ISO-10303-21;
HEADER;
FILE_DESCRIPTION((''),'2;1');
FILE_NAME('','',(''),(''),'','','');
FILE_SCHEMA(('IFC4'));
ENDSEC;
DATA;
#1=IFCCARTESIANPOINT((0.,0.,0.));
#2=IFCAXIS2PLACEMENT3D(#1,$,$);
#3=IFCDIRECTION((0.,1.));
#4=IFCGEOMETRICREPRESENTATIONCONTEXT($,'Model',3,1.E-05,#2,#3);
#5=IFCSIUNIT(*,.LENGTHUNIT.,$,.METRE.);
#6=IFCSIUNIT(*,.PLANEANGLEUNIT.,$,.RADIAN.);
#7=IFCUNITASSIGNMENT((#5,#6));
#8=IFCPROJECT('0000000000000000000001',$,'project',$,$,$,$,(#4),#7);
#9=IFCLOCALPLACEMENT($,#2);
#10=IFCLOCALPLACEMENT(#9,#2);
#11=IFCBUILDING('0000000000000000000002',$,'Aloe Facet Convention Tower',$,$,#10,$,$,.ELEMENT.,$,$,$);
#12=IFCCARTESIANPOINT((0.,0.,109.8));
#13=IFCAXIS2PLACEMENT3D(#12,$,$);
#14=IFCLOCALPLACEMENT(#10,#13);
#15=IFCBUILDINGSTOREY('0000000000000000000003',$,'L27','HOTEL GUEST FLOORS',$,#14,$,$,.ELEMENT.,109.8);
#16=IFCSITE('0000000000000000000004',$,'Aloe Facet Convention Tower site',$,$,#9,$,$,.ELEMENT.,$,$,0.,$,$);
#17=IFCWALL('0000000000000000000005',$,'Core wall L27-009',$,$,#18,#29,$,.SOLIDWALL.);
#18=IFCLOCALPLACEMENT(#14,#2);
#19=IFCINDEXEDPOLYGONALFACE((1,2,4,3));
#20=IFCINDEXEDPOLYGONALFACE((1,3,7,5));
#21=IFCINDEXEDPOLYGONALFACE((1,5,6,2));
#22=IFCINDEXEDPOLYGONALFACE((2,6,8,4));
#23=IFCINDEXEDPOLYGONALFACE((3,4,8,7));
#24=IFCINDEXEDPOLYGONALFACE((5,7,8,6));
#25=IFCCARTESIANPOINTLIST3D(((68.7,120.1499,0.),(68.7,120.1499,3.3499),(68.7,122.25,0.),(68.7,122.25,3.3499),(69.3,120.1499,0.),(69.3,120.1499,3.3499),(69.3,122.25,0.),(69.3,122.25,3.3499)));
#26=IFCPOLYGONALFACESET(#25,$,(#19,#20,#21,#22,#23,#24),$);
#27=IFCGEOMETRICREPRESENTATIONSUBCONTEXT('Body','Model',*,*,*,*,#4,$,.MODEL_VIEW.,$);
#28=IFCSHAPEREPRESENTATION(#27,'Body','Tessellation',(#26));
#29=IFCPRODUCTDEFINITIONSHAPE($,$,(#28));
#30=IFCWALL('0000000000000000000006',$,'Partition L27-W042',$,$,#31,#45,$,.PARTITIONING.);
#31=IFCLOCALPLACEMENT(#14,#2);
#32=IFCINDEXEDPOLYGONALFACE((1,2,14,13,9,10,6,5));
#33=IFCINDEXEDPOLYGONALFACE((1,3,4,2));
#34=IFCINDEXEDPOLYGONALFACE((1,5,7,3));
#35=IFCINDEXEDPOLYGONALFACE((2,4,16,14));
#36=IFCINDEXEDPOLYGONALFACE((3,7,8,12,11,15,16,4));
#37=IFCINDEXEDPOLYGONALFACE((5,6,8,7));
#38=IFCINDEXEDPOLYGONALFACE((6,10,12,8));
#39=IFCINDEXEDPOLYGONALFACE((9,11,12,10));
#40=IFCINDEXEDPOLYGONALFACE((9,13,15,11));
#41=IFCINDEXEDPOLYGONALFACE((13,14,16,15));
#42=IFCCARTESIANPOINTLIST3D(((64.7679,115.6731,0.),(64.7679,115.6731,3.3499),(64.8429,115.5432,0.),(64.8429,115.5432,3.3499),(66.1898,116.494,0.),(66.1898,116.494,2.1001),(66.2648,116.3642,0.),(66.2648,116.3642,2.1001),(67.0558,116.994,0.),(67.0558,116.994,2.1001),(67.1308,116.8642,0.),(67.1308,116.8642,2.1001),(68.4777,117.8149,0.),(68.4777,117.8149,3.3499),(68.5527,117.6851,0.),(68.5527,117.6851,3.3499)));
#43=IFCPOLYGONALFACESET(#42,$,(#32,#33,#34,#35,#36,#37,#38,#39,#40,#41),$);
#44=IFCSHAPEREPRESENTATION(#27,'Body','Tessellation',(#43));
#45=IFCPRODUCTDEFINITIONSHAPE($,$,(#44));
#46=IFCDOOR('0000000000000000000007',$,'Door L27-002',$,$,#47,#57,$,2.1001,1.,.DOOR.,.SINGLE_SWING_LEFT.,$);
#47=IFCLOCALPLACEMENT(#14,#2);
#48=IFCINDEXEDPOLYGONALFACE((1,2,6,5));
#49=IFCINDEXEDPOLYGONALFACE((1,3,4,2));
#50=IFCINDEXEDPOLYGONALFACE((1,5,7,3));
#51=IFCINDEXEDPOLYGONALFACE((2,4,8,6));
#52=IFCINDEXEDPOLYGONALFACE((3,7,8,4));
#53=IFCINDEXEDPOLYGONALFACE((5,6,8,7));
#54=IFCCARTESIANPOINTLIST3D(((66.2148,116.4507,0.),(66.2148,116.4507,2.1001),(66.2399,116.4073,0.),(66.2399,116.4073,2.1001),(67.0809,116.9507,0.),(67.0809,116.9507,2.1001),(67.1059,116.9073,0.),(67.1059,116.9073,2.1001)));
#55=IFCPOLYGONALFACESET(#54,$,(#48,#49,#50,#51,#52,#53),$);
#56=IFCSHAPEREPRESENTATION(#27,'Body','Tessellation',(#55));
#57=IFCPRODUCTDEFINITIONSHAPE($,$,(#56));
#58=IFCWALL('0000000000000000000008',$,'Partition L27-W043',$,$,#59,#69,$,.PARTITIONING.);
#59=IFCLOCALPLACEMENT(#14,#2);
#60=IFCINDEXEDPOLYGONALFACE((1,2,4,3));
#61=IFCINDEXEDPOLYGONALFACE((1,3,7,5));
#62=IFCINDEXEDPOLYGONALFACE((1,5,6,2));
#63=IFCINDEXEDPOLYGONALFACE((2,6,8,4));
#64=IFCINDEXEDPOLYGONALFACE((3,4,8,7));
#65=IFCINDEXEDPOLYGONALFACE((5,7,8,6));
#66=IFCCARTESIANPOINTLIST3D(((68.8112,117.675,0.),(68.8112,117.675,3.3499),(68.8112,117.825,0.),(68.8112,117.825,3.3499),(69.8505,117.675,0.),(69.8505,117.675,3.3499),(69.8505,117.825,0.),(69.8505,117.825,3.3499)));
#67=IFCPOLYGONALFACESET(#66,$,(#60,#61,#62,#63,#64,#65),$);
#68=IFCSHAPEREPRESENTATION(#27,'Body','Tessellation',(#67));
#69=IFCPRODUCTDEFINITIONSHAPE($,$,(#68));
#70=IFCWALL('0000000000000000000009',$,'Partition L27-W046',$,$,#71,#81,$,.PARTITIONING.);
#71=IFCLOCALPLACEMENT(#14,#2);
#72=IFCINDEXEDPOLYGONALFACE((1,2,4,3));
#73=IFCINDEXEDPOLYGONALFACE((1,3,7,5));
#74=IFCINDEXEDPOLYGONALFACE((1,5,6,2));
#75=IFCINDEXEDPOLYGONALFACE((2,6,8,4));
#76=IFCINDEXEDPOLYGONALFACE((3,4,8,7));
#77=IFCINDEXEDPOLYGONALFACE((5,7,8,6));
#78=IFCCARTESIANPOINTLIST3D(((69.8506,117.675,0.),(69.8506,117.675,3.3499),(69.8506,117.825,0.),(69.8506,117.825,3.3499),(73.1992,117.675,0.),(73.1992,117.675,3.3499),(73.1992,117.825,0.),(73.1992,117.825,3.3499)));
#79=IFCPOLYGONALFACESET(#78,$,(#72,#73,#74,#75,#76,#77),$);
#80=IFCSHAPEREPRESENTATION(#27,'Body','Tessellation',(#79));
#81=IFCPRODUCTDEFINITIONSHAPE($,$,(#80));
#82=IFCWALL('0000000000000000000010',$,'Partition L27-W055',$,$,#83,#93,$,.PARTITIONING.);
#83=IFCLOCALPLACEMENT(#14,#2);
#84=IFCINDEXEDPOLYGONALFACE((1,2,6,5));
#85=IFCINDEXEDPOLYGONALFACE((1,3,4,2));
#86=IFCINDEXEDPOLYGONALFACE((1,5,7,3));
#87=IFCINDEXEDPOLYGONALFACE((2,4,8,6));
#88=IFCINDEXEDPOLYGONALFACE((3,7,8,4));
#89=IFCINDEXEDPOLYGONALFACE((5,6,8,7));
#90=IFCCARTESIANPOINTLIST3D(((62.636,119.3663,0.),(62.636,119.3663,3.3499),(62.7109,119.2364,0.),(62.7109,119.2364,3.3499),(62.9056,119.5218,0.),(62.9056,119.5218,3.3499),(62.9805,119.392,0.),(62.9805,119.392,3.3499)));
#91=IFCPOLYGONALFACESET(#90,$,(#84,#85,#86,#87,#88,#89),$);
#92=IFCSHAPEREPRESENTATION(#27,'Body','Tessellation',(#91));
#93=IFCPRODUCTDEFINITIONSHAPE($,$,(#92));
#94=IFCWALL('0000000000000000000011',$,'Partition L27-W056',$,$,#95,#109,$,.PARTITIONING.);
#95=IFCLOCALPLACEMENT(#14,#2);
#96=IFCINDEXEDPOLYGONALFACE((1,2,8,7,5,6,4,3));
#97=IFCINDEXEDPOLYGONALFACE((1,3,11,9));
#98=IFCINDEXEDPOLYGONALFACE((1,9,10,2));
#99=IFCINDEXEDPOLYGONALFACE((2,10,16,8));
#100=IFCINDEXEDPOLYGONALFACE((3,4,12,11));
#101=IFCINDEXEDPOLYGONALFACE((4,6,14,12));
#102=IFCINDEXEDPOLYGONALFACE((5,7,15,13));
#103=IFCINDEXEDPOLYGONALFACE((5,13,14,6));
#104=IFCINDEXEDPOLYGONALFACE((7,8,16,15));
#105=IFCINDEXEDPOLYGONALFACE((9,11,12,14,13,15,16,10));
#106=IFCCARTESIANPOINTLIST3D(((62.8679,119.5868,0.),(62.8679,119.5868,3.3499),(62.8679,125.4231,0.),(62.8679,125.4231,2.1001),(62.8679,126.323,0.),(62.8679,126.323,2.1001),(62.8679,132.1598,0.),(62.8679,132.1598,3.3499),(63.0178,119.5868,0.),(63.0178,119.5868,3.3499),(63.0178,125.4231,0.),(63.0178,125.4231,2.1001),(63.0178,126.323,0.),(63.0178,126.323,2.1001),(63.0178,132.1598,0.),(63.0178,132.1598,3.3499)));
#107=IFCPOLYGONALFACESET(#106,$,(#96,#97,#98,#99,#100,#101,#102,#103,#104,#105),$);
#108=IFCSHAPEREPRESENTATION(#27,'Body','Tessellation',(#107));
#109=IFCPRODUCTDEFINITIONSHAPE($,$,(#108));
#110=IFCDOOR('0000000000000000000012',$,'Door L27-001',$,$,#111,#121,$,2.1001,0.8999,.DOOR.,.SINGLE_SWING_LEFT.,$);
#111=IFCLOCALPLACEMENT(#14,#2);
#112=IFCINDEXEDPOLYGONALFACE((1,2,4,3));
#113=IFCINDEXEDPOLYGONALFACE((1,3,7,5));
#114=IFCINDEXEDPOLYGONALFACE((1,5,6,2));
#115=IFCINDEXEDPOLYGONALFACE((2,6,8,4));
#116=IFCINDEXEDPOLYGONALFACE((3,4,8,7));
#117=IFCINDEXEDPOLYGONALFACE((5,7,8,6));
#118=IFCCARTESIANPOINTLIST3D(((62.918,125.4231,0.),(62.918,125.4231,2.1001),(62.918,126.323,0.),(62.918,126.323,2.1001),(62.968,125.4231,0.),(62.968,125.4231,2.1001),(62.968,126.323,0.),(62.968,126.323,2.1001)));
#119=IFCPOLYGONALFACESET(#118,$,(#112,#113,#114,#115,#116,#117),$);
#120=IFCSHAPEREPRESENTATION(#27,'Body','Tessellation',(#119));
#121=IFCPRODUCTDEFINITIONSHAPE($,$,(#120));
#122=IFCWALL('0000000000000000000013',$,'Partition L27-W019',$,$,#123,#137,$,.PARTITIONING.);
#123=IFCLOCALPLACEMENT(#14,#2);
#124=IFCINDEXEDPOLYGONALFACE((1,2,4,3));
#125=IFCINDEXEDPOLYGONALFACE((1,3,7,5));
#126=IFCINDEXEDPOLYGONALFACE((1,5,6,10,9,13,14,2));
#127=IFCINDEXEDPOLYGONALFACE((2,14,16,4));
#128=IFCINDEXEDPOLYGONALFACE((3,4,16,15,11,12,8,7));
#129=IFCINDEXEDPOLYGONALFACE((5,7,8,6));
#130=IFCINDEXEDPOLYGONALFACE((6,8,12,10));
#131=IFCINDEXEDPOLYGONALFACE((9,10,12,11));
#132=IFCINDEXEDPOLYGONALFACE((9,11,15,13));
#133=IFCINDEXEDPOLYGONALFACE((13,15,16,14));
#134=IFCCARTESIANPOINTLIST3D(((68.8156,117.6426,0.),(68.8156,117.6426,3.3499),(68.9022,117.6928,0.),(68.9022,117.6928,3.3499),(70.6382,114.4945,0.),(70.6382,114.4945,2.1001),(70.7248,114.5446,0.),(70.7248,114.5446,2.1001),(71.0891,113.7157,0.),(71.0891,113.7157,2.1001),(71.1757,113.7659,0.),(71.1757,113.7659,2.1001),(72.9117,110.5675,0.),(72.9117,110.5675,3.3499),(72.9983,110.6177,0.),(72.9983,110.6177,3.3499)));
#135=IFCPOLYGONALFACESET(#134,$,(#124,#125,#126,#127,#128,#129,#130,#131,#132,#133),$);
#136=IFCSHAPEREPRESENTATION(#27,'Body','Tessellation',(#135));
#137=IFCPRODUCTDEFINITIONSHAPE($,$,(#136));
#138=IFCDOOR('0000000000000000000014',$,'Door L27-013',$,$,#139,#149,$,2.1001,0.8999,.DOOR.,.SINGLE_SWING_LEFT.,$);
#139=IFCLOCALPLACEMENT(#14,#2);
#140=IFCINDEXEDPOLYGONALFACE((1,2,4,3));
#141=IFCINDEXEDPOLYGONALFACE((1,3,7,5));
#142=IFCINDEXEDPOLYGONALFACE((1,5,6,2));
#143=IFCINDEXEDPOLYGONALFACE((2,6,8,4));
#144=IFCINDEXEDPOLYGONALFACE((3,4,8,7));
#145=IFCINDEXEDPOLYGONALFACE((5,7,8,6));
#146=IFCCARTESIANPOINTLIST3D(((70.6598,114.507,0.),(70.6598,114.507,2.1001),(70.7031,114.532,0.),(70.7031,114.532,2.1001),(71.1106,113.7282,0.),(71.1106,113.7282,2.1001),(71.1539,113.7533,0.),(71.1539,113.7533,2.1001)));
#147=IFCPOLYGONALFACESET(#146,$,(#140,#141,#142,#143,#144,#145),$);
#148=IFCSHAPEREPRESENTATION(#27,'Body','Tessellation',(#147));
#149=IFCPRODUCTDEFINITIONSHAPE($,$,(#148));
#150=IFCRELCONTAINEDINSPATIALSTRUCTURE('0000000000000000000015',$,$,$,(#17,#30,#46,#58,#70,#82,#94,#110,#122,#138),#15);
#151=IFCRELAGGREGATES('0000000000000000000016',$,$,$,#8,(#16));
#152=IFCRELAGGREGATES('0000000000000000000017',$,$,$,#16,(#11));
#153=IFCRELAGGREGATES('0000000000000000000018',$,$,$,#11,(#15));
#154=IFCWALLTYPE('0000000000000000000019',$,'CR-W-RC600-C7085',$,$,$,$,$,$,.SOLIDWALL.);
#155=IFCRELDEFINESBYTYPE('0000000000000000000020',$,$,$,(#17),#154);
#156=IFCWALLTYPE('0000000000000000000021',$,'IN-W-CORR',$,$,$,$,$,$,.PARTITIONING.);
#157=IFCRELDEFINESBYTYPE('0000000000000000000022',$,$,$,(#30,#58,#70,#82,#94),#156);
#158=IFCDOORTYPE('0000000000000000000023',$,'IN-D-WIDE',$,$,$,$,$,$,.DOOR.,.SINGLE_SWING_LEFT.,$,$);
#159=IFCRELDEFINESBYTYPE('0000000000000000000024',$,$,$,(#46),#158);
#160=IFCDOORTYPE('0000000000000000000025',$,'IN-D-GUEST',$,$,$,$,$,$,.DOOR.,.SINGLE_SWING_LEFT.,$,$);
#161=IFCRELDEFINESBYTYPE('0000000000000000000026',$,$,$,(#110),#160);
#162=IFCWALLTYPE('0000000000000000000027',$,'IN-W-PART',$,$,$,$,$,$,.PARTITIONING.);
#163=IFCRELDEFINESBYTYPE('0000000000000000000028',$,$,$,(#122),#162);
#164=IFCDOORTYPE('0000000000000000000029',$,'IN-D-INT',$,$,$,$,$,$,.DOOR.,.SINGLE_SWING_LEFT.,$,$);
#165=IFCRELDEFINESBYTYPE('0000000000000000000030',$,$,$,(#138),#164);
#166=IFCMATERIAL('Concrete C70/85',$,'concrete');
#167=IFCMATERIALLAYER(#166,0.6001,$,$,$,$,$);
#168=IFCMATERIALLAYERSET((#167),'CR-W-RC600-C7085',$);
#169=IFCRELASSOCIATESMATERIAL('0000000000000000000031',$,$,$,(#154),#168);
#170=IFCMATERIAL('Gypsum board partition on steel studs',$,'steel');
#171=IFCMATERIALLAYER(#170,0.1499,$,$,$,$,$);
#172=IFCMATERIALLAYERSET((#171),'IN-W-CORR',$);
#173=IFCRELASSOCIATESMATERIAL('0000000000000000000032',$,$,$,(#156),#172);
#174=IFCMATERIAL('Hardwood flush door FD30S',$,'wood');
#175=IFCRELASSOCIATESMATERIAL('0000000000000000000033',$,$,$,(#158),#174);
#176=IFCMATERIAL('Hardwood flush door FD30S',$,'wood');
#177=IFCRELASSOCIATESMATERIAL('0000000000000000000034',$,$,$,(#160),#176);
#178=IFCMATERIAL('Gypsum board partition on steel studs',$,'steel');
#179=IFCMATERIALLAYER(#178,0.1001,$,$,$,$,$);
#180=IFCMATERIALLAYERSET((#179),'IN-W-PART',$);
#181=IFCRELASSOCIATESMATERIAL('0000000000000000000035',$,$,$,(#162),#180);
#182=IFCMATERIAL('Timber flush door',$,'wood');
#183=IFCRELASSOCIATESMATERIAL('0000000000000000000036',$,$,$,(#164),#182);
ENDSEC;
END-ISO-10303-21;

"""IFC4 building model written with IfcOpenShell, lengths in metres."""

from ifc_helpers import new_model, si_unit, direction, frame, frame_2d, origin, place, context, subcontext, project, spatial, rectangle, extrude, material, layer, layer_set, type_object, element, fill, save


model = new_model("IFC4")

# Units and contexts
model_context = context("Model", 3, precision=1e-05, world=origin(), true_north=direction((0.0, 1.0)))
body_context = subcontext(model_context, "Body", "Model", "MODEL_VIEW")
ifc_project = project(units=[si_unit("LENGTHUNIT", "METRE"), si_unit("PLANEANGLEUNIT", "RADIAN")], contexts=[model_context])

# Site, building, storey
site_placement = place(None, origin())
site = spatial("IfcSite", under=ifc_project, at=site_placement, Name="Aloe Facet Convention Tower site", CompositionType="ELEMENT", RefElevation=0.0)
building_placement = place(site_placement, origin())
building = spatial("IfcBuilding", under=site, at=building_placement, Name="Aloe Facet Convention Tower", CompositionType="ELEMENT")
storey_placement = place(building_placement, frame((0.0, 0.0, 109.8)))
storey = spatial("IfcBuildingStorey", under=building, at=storey_placement, Name="L27", Description="HOTEL GUEST FLOORS", CompositionType="ELEMENT", Elevation=109.8)

# Shared definitions
ifc_material_1 = material(Name="Concrete C70/85", Category="concrete")
ifc_layer_1 = layer(ifc_material_1, 0.6001)
ifc_layer_set_1 = layer_set([ifc_layer_1], Name="CR-W-RC600-C7085")
wall_type_1 = type_object("IfcWallType", Name="CR-W-RC600-C7085", PredefinedType="SOLIDWALL", material=ifc_layer_set_1)

# Wall
wall_1_placement = place(storey_placement, frame((69.0, 122.25, 0.0), z_axis=(0.0, 0.0, 1.0), x_axis=(0.0, -1.0, 0.0)))
element("IfcWall", 1, at=wall_1_placement, inside=storey, type_object=wall_type_1, Name="Core wall L27-009", PredefinedType="SOLIDWALL", context=body_context, shape_type="SweptSolid", body=[
    extrude(rectangle(XDim=2.1001, YDim=0.6001, at=frame_2d((1.05, 0.0))), origin(), (0.0, 0.0, 1.0), 3.3499),
])

# Wall, opening, door
ifc_material_2 = material(Name="Gypsum board partition on steel studs", Category="steel")
ifc_layer_2 = layer(ifc_material_2, 0.1499)
ifc_layer_set_2 = layer_set([ifc_layer_2], Name="IN-W-CORR")
wall_type_2 = type_object("IfcWallType", Name="IN-W-CORR", PredefinedType="PARTITIONING", material=ifc_layer_set_2)
wall_2_placement = place(storey_placement, frame((64.8054, 115.6082, 0.0), z_axis=(0.0, 0.0, 1.0), x_axis=(0.866021, 0.500007, 0.0)))
wall_2 = element("IfcWall", 2, at=wall_2_placement, inside=storey, type_object=wall_type_2, Name="Partition L27-W042", PredefinedType="PARTITIONING", context=body_context, shape_type="SweptSolid", body=[
    extrude(rectangle(XDim=4.2837, YDim=0.1499, at=frame_2d((2.1418, 0.0))), origin(), (0.0, 0.0, 1.0), 3.3499),
])
opening_1_placement = place(wall_2_placement, frame((1.6418, 0.0, 0.0)))
opening_1 = element("IfcOpeningElement", 3, at=opening_1_placement, cuts=wall_2, PredefinedType="OPENING", context=body_context, shape_type="SweptSolid", body=[
    extrude(rectangle(XDim=1.0, YDim=2.1001, at=frame_2d((0.5, 1.05))), frame((0.0, 0.085, 0.0), z_axis=(0.0, -1.0, 0.0), x_axis=(1.0, 0.0, 0.0)), (0.0, 0.0, 1.0), 0.1699),
])
ifc_material_3 = material(Name="Hardwood flush door FD30S", Category="wood")
door_type_1 = type_object("IfcDoorType", Name="IN-D-WIDE", OperationType="SINGLE_SWING_LEFT", PredefinedType="DOOR", material=ifc_material_3)
door_1_placement = place(opening_1_placement, origin())
door_1 = element("IfcDoor", 4, at=door_1_placement, inside=storey, type_object=door_type_1, Name="Door L27-002", OperationType="SINGLE_SWING_LEFT", OverallHeight=2.1001, OverallWidth=1.0, PredefinedType="DOOR", context=body_context, shape_type="SweptSolid", body=[
    extrude(rectangle(XDim=1.0, YDim=2.1001, at=frame_2d((0.5, 1.05))), frame((0.0, 0.0249, 0.0), z_axis=(0.0, -1.0, 0.0), x_axis=(1.0, 0.0, 0.0)), (0.0, 0.0, 1.0), 0.05),
])
fill(opening_1, door_1)

# Walls
wall_3_placement = place(storey_placement, frame((68.8113, 117.75, 0.0), z_axis=(0.0, 0.0, 1.0), x_axis=(1.0, 0.0, 0.0)))
element("IfcWall", 5, at=wall_3_placement, inside=storey, type_object=wall_type_2, Name="Partition L27-W043", PredefinedType="PARTITIONING", context=body_context, shape_type="SweptSolid", body=[
    extrude(rectangle(XDim=1.0393, YDim=0.1499, at=frame_2d((0.5195, 0.0))), origin(), (0.0, 0.0, 1.0), 3.3499),
])
wall_4_placement = place(storey_placement, frame((69.8506, 117.75, 0.0), z_axis=(0.0, 0.0, 1.0), x_axis=(1.0, 0.0, 0.0)))
element("IfcWall", 6, at=wall_4_placement, inside=storey, type_object=wall_type_2, Name="Partition L27-W046", PredefinedType="PARTITIONING", context=body_context, shape_type="SweptSolid", body=[
    extrude(rectangle(XDim=3.3486, YDim=0.1499, at=frame_2d((1.6743, 0.0))), origin(), (0.0, 0.0, 1.0), 3.3499),
])
wall_5_placement = place(storey_placement, frame((62.6733, 119.3013, 0.0), z_axis=(0.0, 0.0, 1.0), x_axis=(0.866159, 0.499768, 0.0)))
element("IfcWall", 7, at=wall_5_placement, inside=storey, type_object=wall_type_2, Name="Partition L27-W055", PredefinedType="PARTITIONING", context=body_context, shape_type="SweptSolid", body=[
    extrude(rectangle(XDim=0.3113, YDim=0.1499, at=frame_2d((0.1558, 0.0))), origin(), (0.0, 0.0, 1.0), 3.3499),
])

# Walls, openings, doors
wall_6_placement = place(storey_placement, frame((62.9429, 119.5867, 0.0), z_axis=(0.0, 0.0, 1.0), x_axis=(0.0, 1.0, 0.0)))
wall_6 = element("IfcWall", 8, at=wall_6_placement, inside=storey, type_object=wall_type_2, Name="Partition L27-W056", PredefinedType="PARTITIONING", context=body_context, shape_type="SweptSolid", body=[
    extrude(rectangle(XDim=12.573, YDim=0.1499, at=frame_2d((6.2866, 0.0))), origin(), (0.0, 0.0, 1.0), 3.3499),
])
opening_2_placement = place(wall_6_placement, frame((5.8364, 0.0, 0.0)))
opening_2 = element("IfcOpeningElement", 9, at=opening_2_placement, cuts=wall_6, PredefinedType="OPENING", context=body_context, shape_type="SweptSolid", body=[
    extrude(rectangle(XDim=0.8999, YDim=2.1001, at=frame_2d((0.45, 1.05))), frame((0.0, 0.085, 0.0), z_axis=(0.0, -1.0, 0.0), x_axis=(1.0, 0.0, 0.0)), (0.0, 0.0, 1.0), 0.1699),
])
ifc_material_4 = material(Name="Hardwood flush door FD30S", Category="wood")
door_type_2 = type_object("IfcDoorType", Name="IN-D-GUEST", OperationType="SINGLE_SWING_LEFT", PredefinedType="DOOR", material=ifc_material_4)
door_2_placement = place(opening_2_placement, origin())
door_2 = element("IfcDoor", 10, at=door_2_placement, inside=storey, type_object=door_type_2, Name="Door L27-001", OperationType="SINGLE_SWING_LEFT", OverallHeight=2.1001, OverallWidth=0.8999, PredefinedType="DOOR", context=body_context, shape_type="SweptSolid", body=[
    extrude(rectangle(XDim=0.8999, YDim=2.1001, at=frame_2d((0.45, 1.05))), frame((0.0, 0.0249, 0.0), z_axis=(0.0, -1.0, 0.0), x_axis=(1.0, 0.0, 0.0)), (0.0, 0.0, 1.0), 0.05),
])
fill(opening_2, door_2)
ifc_material_5 = material(Name="Gypsum board partition on steel studs", Category="steel")
ifc_layer_3 = layer(ifc_material_5, 0.1001)
ifc_layer_set_3 = layer_set([ifc_layer_3], Name="IN-W-PART")
wall_type_3 = type_object("IfcWallType", Name="IN-W-PART", PredefinedType="PARTITIONING", material=ifc_layer_set_3)
wall_7_placement = place(storey_placement, frame((68.8589, 117.6677, 0.0), z_axis=(0.0, 0.0, 1.0), x_axis=(0.501039, -0.865425, 0.0)))
wall_7 = element("IfcWall", 11, at=wall_7_placement, inside=storey, type_object=wall_type_3, Name="Partition L27-W019", PredefinedType="PARTITIONING", context=body_context, shape_type="SweptSolid", body=[
    extrude(rectangle(XDim=8.1753, YDim=0.1001, at=frame_2d((4.0876, 0.0))), origin(), (0.0, 0.0, 1.0), 3.3499),
])
opening_3_placement = place(wall_7_placement, frame((3.6377, 0.0, 0.0)))
opening_3 = element("IfcOpeningElement", 12, at=opening_3_placement, cuts=wall_7, PredefinedType="OPENING", context=body_context, shape_type="SweptSolid", body=[
    extrude(rectangle(XDim=0.8999, YDim=2.1001, at=frame_2d((0.45, 1.05))), frame((0.0, 0.0601, 0.0), z_axis=(0.0, -1.0, 0.0), x_axis=(1.0, 0.0, 0.0)), (0.0, 0.0, 1.0), 0.1201),
])
ifc_material_6 = material(Name="Timber flush door", Category="wood")
door_type_3 = type_object("IfcDoorType", Name="IN-D-INT", OperationType="SINGLE_SWING_LEFT", PredefinedType="DOOR", material=ifc_material_6)
door_3_placement = place(opening_3_placement, origin())
door_3 = element("IfcDoor", 13, at=door_3_placement, inside=storey, type_object=door_type_3, Name="Door L27-013", OperationType="SINGLE_SWING_LEFT", OverallHeight=2.1001, OverallWidth=0.8999, PredefinedType="DOOR", context=body_context, shape_type="SweptSolid", body=[
    extrude(rectangle(XDim=0.8999, YDim=2.1001, at=frame_2d((0.45, 1.05))), frame((0.0, 0.0249, 0.0), z_axis=(0.0, -1.0, 0.0), x_axis=(1.0, 0.0, 0.0)), (0.0, 0.0, 1.0), 0.05),
])
fill(opening_3, door_3)

save(model, "model.ifc")
